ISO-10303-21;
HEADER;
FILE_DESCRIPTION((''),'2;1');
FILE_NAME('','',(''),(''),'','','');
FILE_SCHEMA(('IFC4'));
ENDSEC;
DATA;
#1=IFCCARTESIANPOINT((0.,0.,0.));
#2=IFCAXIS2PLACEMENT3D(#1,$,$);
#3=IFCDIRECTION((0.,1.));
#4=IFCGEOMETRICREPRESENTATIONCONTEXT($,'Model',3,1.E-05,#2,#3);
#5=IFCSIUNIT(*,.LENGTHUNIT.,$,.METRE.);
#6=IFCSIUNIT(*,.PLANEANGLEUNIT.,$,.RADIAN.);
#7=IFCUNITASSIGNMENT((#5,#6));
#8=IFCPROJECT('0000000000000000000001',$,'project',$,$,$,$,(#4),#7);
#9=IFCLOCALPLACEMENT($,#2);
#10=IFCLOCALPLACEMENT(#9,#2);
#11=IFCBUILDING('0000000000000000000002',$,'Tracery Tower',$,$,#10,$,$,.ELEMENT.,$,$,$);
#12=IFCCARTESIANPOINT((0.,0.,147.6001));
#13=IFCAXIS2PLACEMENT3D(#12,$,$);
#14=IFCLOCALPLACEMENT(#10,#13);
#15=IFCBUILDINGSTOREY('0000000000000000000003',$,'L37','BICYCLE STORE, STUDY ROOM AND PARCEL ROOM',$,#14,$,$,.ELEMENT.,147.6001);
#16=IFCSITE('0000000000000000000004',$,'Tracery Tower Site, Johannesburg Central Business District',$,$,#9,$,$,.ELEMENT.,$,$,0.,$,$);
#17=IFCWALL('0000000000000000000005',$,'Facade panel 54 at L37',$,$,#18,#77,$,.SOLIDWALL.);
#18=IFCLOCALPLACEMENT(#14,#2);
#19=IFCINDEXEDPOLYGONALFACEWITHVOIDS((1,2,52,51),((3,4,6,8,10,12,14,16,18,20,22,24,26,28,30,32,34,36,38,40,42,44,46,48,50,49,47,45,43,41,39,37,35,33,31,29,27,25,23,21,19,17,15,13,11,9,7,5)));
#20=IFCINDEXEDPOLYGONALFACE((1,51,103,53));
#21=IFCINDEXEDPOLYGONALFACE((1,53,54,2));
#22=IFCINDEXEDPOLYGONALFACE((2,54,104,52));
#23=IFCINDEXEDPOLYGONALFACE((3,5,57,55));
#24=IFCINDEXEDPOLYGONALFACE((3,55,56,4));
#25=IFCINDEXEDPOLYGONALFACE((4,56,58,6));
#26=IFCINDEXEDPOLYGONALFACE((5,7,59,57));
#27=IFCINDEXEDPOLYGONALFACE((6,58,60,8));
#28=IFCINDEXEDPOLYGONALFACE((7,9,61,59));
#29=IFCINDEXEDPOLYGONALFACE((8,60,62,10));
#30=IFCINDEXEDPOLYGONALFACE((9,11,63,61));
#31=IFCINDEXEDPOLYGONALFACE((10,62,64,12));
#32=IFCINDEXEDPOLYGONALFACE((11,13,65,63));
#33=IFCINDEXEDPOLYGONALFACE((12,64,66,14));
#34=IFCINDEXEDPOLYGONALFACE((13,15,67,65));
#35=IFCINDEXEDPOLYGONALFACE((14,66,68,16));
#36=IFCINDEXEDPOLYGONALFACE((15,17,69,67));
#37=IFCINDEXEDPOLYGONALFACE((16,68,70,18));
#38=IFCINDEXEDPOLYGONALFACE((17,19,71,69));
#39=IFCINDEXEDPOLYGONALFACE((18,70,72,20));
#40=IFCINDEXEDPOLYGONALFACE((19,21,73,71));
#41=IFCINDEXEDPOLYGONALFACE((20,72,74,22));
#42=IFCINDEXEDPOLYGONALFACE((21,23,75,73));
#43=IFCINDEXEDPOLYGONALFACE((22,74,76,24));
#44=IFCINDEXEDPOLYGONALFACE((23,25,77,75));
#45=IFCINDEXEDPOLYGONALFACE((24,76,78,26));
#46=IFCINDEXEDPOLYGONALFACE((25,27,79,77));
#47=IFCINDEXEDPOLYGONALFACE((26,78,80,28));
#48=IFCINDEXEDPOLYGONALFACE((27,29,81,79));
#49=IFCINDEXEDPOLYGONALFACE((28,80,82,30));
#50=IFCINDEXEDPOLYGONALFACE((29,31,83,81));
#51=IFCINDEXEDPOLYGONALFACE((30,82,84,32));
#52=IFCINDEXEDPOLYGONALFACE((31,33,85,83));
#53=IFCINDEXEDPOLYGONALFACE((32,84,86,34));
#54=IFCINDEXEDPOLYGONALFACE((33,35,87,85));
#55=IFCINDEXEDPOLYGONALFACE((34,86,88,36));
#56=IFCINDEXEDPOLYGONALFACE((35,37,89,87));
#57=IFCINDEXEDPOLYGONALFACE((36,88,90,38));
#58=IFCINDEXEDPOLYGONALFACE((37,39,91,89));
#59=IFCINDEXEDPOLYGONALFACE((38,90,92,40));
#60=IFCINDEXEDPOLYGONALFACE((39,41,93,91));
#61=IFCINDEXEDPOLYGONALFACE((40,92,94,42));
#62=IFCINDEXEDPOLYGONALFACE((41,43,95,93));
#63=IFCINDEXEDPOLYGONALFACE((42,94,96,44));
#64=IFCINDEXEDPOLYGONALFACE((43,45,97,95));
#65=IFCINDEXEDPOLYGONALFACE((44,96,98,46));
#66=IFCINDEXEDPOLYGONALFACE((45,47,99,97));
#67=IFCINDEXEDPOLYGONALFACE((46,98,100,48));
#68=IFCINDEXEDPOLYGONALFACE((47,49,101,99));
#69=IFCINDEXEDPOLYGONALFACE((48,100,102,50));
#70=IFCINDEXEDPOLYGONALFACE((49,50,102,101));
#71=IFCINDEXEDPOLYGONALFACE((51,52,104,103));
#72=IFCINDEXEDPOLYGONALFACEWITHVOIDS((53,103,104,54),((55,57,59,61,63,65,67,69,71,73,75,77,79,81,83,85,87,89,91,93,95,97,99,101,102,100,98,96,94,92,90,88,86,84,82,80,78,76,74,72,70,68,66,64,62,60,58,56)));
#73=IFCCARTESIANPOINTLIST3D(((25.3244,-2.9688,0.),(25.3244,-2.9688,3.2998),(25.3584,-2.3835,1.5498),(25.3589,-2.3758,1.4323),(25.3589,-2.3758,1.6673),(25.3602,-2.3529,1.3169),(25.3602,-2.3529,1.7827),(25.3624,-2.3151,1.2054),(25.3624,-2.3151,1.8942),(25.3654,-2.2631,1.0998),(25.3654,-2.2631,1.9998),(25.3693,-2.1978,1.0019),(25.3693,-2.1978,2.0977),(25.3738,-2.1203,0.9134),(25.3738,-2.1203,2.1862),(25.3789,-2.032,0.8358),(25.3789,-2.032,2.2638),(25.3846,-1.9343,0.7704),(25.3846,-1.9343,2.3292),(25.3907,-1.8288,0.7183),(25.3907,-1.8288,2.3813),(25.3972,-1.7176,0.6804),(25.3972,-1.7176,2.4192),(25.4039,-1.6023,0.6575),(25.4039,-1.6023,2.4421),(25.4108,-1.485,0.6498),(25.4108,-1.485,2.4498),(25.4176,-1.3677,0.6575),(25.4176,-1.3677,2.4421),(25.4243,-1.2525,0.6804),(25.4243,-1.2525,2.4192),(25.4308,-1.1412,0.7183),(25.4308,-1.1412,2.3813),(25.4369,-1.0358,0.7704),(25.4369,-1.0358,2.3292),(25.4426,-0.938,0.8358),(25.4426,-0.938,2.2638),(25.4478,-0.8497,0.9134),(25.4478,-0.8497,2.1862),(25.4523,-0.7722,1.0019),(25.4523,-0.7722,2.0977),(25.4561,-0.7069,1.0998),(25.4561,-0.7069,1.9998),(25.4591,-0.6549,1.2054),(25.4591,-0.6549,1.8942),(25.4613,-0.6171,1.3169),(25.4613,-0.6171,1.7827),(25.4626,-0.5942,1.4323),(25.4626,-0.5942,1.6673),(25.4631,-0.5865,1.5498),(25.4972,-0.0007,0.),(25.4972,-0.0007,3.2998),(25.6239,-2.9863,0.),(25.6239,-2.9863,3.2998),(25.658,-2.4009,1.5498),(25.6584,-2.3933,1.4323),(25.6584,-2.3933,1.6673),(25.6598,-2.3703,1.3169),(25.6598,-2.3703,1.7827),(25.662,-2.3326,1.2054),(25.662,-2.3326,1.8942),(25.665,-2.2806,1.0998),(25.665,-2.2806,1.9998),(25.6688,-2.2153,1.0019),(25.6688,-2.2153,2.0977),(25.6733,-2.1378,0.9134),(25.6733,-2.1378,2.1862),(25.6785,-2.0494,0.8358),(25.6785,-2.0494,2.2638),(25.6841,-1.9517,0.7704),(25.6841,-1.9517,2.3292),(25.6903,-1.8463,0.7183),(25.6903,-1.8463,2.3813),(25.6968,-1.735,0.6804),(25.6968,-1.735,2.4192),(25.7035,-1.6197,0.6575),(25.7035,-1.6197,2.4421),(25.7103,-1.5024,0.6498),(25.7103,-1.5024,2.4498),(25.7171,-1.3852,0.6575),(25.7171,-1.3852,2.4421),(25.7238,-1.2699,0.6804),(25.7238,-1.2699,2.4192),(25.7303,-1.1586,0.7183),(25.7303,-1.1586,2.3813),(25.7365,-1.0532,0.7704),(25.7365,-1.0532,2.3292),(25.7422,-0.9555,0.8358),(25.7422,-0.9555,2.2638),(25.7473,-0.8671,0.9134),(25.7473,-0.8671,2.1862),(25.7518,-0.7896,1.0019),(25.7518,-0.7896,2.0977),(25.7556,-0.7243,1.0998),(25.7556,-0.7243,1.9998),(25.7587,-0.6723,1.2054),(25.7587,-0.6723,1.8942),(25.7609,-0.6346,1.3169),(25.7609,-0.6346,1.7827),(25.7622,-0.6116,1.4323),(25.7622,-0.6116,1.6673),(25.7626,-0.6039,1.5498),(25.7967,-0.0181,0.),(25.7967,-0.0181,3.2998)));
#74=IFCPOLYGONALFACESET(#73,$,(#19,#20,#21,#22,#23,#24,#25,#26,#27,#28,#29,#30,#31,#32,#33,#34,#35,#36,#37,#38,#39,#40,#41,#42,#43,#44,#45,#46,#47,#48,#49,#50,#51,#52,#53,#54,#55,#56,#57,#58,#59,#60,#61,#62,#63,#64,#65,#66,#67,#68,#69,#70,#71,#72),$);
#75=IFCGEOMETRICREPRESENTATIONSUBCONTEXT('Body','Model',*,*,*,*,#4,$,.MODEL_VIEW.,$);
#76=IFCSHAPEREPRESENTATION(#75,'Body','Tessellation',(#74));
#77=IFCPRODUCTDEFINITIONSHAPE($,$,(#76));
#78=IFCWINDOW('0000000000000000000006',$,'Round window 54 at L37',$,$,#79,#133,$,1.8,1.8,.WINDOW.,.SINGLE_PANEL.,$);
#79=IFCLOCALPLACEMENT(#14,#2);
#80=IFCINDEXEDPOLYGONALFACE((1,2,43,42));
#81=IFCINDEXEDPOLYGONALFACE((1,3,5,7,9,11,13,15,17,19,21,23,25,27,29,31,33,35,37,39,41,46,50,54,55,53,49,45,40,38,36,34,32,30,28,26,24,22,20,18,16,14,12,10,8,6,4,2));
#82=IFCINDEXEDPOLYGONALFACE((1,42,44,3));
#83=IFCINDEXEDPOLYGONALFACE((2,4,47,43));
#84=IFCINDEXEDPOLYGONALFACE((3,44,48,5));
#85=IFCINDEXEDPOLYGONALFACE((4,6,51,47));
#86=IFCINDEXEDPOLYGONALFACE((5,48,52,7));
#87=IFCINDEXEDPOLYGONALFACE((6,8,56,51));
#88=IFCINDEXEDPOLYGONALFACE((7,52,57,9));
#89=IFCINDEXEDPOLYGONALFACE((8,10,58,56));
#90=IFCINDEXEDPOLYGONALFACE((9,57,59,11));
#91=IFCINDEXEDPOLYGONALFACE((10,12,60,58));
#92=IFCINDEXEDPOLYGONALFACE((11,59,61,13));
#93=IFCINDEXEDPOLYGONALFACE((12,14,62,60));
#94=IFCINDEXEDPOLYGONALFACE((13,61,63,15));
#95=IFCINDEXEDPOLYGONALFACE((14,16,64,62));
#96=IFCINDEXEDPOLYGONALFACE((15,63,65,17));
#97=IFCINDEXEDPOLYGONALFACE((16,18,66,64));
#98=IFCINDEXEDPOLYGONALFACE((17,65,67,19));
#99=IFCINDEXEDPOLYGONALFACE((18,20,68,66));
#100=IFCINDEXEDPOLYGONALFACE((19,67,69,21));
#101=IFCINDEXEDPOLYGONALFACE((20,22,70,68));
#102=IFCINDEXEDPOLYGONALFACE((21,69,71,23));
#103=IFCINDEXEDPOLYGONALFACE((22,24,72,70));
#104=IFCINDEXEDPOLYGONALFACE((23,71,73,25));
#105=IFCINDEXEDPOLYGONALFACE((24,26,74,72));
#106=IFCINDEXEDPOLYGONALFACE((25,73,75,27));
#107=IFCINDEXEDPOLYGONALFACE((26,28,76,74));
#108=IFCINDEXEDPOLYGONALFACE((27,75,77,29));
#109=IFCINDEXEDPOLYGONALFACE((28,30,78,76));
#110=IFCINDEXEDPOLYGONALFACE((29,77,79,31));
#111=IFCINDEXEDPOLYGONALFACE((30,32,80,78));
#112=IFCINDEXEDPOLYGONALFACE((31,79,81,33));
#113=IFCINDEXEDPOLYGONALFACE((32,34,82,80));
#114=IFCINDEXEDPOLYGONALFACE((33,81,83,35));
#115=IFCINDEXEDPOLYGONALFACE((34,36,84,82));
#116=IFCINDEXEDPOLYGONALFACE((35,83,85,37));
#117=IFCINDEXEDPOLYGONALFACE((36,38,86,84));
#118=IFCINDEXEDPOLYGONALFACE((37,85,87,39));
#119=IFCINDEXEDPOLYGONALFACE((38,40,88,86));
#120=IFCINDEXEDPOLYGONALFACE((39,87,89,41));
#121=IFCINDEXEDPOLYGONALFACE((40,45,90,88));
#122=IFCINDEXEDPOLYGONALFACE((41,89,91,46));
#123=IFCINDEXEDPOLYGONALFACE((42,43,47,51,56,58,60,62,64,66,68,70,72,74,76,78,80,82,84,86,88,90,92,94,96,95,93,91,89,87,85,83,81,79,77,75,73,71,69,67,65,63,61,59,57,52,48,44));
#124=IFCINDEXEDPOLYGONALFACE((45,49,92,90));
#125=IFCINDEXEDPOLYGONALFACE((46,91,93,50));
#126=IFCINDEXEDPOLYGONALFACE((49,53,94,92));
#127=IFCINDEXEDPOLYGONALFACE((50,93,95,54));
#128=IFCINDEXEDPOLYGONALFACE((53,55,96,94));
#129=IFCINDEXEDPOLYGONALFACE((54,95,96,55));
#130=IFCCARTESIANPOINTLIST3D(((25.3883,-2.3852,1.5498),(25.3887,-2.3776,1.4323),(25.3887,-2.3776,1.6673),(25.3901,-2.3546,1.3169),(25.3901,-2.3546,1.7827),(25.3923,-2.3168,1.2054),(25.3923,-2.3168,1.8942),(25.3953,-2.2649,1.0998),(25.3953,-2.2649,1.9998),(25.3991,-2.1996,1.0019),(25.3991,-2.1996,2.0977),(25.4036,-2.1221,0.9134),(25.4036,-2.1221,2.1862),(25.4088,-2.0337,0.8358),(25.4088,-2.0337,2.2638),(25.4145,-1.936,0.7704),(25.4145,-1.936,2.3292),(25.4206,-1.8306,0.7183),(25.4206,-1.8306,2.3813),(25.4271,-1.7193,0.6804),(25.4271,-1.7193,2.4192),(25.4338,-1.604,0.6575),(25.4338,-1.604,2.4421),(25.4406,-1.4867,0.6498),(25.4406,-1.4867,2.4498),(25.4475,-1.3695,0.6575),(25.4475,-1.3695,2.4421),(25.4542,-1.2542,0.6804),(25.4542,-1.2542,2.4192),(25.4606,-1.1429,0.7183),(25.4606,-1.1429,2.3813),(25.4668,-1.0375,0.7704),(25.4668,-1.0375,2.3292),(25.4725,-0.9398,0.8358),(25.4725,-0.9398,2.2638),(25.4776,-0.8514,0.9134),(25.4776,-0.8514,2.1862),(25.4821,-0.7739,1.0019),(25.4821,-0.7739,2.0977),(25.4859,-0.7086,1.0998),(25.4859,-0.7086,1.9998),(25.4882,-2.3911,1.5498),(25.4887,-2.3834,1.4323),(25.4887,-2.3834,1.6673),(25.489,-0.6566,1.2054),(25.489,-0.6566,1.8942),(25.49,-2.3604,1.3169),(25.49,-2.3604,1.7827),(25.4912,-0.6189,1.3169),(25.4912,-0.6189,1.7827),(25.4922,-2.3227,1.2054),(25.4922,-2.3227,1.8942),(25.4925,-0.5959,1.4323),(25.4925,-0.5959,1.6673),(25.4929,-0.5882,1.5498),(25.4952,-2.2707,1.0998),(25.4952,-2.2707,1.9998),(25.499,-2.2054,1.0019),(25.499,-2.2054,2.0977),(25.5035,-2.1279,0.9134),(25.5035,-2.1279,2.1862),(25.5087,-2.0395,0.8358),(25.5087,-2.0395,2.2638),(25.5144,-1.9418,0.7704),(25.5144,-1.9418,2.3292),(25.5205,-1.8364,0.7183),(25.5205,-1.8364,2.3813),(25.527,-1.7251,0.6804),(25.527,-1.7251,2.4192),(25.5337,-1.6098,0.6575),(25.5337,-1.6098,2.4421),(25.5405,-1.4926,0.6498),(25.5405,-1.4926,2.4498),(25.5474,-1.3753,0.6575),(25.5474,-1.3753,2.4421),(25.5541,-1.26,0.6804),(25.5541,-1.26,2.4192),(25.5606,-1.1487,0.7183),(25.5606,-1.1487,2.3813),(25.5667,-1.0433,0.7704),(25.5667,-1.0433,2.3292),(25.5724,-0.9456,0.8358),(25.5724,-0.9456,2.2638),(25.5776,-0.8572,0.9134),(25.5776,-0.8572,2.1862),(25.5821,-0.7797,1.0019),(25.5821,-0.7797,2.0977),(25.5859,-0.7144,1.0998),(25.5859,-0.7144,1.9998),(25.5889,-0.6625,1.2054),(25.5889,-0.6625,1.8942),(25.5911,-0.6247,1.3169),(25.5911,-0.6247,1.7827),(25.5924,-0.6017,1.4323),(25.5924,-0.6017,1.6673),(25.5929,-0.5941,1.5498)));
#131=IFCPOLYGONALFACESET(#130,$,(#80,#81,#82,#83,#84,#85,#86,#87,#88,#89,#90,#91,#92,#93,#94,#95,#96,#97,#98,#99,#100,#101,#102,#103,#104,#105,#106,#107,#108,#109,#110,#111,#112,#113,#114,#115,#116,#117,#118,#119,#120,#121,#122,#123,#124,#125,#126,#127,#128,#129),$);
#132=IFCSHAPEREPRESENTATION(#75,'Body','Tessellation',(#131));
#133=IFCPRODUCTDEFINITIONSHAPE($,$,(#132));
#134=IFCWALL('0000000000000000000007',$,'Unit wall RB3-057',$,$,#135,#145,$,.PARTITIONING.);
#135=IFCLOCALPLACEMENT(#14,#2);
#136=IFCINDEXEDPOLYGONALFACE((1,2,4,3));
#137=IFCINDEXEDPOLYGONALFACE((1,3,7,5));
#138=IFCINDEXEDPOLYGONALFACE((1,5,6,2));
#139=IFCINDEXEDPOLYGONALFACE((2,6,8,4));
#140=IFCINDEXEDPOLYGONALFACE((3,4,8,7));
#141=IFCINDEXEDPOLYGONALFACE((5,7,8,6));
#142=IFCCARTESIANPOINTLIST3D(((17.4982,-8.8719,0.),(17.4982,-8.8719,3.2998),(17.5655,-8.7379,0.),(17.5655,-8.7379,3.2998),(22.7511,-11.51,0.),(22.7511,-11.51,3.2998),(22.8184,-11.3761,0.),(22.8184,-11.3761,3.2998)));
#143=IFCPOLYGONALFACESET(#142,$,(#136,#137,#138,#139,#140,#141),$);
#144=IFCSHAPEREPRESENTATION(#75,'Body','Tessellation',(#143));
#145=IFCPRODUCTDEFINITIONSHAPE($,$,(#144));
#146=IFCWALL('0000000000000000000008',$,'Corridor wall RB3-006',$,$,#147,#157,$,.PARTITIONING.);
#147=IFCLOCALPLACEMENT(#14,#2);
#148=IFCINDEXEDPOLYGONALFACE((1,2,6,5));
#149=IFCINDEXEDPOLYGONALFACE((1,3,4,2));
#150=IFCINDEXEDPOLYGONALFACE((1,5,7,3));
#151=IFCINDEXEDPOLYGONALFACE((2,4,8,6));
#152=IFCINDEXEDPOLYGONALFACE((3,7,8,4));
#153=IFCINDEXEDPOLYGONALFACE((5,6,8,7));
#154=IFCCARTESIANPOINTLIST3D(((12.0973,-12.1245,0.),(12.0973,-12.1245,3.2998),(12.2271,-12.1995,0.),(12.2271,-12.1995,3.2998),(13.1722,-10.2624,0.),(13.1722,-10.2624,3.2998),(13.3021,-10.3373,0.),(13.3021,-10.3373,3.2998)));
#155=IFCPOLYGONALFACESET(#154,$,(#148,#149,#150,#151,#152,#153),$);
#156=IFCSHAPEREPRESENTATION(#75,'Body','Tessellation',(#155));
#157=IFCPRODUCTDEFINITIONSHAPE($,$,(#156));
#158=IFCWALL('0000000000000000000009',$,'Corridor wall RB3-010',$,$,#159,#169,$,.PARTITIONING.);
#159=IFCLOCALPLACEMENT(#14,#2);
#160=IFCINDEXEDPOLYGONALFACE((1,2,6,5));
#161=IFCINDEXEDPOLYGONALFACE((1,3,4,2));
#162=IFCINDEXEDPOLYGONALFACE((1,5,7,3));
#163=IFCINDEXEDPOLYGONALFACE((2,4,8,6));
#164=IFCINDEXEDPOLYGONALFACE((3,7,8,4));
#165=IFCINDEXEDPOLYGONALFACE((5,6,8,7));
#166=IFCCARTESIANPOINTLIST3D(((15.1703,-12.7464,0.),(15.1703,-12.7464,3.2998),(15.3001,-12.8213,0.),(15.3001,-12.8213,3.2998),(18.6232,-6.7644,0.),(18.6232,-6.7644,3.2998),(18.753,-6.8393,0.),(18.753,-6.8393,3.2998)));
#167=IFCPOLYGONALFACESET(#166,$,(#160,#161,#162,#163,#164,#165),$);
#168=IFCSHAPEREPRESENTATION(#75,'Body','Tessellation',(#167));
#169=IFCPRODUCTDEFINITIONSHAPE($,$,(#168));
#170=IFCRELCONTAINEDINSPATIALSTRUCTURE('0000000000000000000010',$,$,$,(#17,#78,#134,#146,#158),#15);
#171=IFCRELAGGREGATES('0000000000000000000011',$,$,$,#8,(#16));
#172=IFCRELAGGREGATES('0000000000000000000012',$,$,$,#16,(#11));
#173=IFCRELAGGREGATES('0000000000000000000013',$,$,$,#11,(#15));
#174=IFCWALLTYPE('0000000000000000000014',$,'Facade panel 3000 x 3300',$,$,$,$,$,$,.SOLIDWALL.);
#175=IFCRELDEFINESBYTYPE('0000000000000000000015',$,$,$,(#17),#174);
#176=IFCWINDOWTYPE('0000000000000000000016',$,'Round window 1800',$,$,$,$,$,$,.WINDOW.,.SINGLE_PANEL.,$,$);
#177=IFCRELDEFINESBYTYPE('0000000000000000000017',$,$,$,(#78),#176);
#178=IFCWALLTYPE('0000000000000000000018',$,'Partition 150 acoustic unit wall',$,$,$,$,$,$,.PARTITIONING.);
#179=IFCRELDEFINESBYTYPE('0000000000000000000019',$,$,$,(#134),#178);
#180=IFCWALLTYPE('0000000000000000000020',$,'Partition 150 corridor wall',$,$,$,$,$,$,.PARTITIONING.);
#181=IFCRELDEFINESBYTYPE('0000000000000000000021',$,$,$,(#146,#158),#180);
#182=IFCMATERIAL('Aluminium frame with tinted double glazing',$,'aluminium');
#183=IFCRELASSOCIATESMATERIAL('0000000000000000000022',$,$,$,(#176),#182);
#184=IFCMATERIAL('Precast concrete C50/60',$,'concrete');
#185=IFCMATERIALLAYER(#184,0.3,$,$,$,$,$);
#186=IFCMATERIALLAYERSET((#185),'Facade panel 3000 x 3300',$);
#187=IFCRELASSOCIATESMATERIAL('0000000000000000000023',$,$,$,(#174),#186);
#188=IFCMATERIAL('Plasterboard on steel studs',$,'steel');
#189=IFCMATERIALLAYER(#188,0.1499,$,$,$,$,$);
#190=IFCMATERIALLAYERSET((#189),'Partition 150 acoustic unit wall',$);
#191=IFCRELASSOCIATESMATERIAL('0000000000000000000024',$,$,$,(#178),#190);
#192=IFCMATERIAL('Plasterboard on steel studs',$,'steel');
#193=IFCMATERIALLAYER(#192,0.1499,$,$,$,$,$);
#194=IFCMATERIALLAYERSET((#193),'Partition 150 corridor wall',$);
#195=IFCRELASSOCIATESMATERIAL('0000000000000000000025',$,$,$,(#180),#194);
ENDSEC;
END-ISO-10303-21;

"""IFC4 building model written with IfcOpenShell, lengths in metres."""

from ifc_helpers import new_model, si_unit, direction, frame, frame_2d, origin, origin_2d, place, context, subcontext, project, spatial, rectangle, circle, extrude, material, layer, layer_set, type_object, element, fill, save


model = new_model("IFC4")

# Units and contexts
model_context = context("Model", 3, precision=1e-05, world=origin(), true_north=direction((0.0, 1.0)))
body_context = subcontext(model_context, "Body", "Model", "MODEL_VIEW")
ifc_project = project(units=[si_unit("LENGTHUNIT", "METRE"), si_unit("PLANEANGLEUNIT", "RADIAN")], contexts=[model_context])

# Site, building, storey
site_placement = place(None, origin())
site = spatial("IfcSite", under=ifc_project, at=site_placement, Name="Tracery Tower Site, Johannesburg Central Business District", CompositionType="ELEMENT", RefElevation=0.0)
building_placement = place(site_placement, origin())
building = spatial("IfcBuilding", under=site, at=building_placement, Name="Tracery Tower", CompositionType="ELEMENT")
storey_placement = place(building_placement, frame((0.0, 0.0, 147.6001)))
storey = spatial("IfcBuildingStorey", under=building, at=storey_placement, Name="L37", Description="BICYCLE STORE, STUDY ROOM AND PARCEL ROOM", CompositionType="ELEMENT", Elevation=147.6001)

# Wall, opening, window
ifc_material_1 = material(Name="Aluminium frame with tinted double glazing", Category="aluminium")
window_type = type_object("IfcWindowType", Name="Round window 1800", PartitioningType="SINGLE_PANEL", PredefinedType="WINDOW", material=ifc_material_1)
ifc_material_2 = material(Name="Precast concrete C50/60", Category="concrete")
ifc_layer_1 = layer(ifc_material_2, 0.3)
ifc_layer_set_1 = layer_set([ifc_layer_1], Name="Facade panel 3000 x 3300")
wall_type_1 = type_object("IfcWallType", Name="Facade panel 3000 x 3300", PredefinedType="SOLIDWALL", material=ifc_layer_set_1)
wall_1_placement = place(storey_placement, frame((25.4741, -2.9775, 0.0), z_axis=(0.0, 0.0, 1.0), x_axis=(0.05814, 0.998308, 0.0)))
wall_1 = element("IfcWall", 1, at=wall_1_placement, inside=storey, type_object=wall_type_1, Name="Facade panel 54 at L37", PredefinedType="SOLIDWALL", context=body_context, shape_type="SweptSolid", body=[
    extrude(rectangle(XDim=2.9731, YDim=0.3, at=frame_2d((1.4866, 0.0))), origin(), (0.0, 0.0, 1.0), 3.2998),
])
opening_1_placement = place(wall_1_placement, frame((1.4863, 0.0, 1.5498)))
opening_1 = element("IfcOpeningElement", 2, at=opening_1_placement, cuts=wall_1, PredefinedType="OPENING", context=body_context, shape_type="SweptSolid", body=[
    extrude(circle(Radius=0.9, at=origin_2d()), frame((0.0, 0.1599, 0.0), z_axis=(0.0, -1.0, 0.0), x_axis=(1.0, 0.0, 0.0)), (0.0, 0.0, 1.0), 0.3201),
])
window_1_placement = place(opening_1_placement, origin())
window_1 = element("IfcWindow", 3, at=window_1_placement, inside=storey, type_object=window_type, Name="Round window 54 at L37", OverallHeight=1.8, OverallWidth=1.8, PartitioningType="SINGLE_PANEL", PredefinedType="WINDOW", context=body_context, shape_type="SweptSolid", body=[
    extrude(circle(Radius=0.9, at=origin_2d()), frame((0.0, 0.1201, 0.0), z_axis=(0.0, -1.0, 0.0), x_axis=(1.0, 0.0, 0.0)), (0.0, 0.0, 1.0), 0.1001),
])
fill(opening_1, window_1)

# Walls
ifc_material_3 = material(Name="Plasterboard on steel studs", Category="steel")
ifc_layer_2 = layer(ifc_material_3, 0.1499)
ifc_layer_set_2 = layer_set([ifc_layer_2], Name="Partition 150 acoustic unit wall")
wall_type_2 = type_object("IfcWallType", Name="Partition 150 acoustic unit wall", PredefinedType="PARTITIONING", material=ifc_layer_set_2)
wall_2_placement = place(storey_placement, frame((17.532, -8.8049, 0.0), z_axis=(0.0, 0.0, 1.0), x_axis=(0.893628, -0.448808, 0.0)))
element("IfcWall", 4, at=wall_2_placement, inside=storey, type_object=wall_type_2, Name="Unit wall RB3-057", PredefinedType="PARTITIONING", context=body_context, shape_type="SweptSolid", body=[
    extrude(rectangle(XDim=5.8782, YDim=0.1499, at=frame_2d((2.939, 0.0))), origin(), (0.0, 0.0, 1.0), 3.2998),
])
ifc_material_4 = material(Name="Plasterboard on steel studs", Category="steel")
ifc_layer_3 = layer(ifc_material_4, 0.1499)
ifc_layer_set_3 = layer_set([ifc_layer_3], Name="Partition 150 corridor wall")
wall_type_3 = type_object("IfcWallType", Name="Partition 150 corridor wall", PredefinedType="PARTITIONING", material=ifc_layer_set_3)
wall_3_placement = place(storey_placement, frame((12.1621, -12.1621, 0.0), z_axis=(0.0, 0.0, 1.0), x_axis=(0.499962, 0.866048, 0.0)))
element("IfcWall", 5, at=wall_3_placement, inside=storey, type_object=wall_type_3, Name="Corridor wall RB3-006", PredefinedType="PARTITIONING", context=body_context, shape_type="SweptSolid", body=[
    extrude(rectangle(XDim=2.1501, YDim=0.1499, at=frame_2d((1.0752, 0.0))), origin(), (0.0, 0.0, 1.0), 3.2998),
])
wall_4_placement = place(storey_placement, frame((15.2351, -12.7839, 0.0), z_axis=(0.0, 0.0, 1.0), x_axis=(0.499914, 0.866075, 0.0)))
element("IfcWall", 6, at=wall_4_placement, inside=storey, type_object=wall_type_3, Name="Corridor wall RB3-010", PredefinedType="PARTITIONING", context=body_context, shape_type="SweptSolid", body=[
    extrude(rectangle(XDim=6.907, YDim=0.1499, at=frame_2d((3.4536, 0.0))), origin(), (0.0, 0.0, 1.0), 3.2998),
])

save(model, "model.ifc")
